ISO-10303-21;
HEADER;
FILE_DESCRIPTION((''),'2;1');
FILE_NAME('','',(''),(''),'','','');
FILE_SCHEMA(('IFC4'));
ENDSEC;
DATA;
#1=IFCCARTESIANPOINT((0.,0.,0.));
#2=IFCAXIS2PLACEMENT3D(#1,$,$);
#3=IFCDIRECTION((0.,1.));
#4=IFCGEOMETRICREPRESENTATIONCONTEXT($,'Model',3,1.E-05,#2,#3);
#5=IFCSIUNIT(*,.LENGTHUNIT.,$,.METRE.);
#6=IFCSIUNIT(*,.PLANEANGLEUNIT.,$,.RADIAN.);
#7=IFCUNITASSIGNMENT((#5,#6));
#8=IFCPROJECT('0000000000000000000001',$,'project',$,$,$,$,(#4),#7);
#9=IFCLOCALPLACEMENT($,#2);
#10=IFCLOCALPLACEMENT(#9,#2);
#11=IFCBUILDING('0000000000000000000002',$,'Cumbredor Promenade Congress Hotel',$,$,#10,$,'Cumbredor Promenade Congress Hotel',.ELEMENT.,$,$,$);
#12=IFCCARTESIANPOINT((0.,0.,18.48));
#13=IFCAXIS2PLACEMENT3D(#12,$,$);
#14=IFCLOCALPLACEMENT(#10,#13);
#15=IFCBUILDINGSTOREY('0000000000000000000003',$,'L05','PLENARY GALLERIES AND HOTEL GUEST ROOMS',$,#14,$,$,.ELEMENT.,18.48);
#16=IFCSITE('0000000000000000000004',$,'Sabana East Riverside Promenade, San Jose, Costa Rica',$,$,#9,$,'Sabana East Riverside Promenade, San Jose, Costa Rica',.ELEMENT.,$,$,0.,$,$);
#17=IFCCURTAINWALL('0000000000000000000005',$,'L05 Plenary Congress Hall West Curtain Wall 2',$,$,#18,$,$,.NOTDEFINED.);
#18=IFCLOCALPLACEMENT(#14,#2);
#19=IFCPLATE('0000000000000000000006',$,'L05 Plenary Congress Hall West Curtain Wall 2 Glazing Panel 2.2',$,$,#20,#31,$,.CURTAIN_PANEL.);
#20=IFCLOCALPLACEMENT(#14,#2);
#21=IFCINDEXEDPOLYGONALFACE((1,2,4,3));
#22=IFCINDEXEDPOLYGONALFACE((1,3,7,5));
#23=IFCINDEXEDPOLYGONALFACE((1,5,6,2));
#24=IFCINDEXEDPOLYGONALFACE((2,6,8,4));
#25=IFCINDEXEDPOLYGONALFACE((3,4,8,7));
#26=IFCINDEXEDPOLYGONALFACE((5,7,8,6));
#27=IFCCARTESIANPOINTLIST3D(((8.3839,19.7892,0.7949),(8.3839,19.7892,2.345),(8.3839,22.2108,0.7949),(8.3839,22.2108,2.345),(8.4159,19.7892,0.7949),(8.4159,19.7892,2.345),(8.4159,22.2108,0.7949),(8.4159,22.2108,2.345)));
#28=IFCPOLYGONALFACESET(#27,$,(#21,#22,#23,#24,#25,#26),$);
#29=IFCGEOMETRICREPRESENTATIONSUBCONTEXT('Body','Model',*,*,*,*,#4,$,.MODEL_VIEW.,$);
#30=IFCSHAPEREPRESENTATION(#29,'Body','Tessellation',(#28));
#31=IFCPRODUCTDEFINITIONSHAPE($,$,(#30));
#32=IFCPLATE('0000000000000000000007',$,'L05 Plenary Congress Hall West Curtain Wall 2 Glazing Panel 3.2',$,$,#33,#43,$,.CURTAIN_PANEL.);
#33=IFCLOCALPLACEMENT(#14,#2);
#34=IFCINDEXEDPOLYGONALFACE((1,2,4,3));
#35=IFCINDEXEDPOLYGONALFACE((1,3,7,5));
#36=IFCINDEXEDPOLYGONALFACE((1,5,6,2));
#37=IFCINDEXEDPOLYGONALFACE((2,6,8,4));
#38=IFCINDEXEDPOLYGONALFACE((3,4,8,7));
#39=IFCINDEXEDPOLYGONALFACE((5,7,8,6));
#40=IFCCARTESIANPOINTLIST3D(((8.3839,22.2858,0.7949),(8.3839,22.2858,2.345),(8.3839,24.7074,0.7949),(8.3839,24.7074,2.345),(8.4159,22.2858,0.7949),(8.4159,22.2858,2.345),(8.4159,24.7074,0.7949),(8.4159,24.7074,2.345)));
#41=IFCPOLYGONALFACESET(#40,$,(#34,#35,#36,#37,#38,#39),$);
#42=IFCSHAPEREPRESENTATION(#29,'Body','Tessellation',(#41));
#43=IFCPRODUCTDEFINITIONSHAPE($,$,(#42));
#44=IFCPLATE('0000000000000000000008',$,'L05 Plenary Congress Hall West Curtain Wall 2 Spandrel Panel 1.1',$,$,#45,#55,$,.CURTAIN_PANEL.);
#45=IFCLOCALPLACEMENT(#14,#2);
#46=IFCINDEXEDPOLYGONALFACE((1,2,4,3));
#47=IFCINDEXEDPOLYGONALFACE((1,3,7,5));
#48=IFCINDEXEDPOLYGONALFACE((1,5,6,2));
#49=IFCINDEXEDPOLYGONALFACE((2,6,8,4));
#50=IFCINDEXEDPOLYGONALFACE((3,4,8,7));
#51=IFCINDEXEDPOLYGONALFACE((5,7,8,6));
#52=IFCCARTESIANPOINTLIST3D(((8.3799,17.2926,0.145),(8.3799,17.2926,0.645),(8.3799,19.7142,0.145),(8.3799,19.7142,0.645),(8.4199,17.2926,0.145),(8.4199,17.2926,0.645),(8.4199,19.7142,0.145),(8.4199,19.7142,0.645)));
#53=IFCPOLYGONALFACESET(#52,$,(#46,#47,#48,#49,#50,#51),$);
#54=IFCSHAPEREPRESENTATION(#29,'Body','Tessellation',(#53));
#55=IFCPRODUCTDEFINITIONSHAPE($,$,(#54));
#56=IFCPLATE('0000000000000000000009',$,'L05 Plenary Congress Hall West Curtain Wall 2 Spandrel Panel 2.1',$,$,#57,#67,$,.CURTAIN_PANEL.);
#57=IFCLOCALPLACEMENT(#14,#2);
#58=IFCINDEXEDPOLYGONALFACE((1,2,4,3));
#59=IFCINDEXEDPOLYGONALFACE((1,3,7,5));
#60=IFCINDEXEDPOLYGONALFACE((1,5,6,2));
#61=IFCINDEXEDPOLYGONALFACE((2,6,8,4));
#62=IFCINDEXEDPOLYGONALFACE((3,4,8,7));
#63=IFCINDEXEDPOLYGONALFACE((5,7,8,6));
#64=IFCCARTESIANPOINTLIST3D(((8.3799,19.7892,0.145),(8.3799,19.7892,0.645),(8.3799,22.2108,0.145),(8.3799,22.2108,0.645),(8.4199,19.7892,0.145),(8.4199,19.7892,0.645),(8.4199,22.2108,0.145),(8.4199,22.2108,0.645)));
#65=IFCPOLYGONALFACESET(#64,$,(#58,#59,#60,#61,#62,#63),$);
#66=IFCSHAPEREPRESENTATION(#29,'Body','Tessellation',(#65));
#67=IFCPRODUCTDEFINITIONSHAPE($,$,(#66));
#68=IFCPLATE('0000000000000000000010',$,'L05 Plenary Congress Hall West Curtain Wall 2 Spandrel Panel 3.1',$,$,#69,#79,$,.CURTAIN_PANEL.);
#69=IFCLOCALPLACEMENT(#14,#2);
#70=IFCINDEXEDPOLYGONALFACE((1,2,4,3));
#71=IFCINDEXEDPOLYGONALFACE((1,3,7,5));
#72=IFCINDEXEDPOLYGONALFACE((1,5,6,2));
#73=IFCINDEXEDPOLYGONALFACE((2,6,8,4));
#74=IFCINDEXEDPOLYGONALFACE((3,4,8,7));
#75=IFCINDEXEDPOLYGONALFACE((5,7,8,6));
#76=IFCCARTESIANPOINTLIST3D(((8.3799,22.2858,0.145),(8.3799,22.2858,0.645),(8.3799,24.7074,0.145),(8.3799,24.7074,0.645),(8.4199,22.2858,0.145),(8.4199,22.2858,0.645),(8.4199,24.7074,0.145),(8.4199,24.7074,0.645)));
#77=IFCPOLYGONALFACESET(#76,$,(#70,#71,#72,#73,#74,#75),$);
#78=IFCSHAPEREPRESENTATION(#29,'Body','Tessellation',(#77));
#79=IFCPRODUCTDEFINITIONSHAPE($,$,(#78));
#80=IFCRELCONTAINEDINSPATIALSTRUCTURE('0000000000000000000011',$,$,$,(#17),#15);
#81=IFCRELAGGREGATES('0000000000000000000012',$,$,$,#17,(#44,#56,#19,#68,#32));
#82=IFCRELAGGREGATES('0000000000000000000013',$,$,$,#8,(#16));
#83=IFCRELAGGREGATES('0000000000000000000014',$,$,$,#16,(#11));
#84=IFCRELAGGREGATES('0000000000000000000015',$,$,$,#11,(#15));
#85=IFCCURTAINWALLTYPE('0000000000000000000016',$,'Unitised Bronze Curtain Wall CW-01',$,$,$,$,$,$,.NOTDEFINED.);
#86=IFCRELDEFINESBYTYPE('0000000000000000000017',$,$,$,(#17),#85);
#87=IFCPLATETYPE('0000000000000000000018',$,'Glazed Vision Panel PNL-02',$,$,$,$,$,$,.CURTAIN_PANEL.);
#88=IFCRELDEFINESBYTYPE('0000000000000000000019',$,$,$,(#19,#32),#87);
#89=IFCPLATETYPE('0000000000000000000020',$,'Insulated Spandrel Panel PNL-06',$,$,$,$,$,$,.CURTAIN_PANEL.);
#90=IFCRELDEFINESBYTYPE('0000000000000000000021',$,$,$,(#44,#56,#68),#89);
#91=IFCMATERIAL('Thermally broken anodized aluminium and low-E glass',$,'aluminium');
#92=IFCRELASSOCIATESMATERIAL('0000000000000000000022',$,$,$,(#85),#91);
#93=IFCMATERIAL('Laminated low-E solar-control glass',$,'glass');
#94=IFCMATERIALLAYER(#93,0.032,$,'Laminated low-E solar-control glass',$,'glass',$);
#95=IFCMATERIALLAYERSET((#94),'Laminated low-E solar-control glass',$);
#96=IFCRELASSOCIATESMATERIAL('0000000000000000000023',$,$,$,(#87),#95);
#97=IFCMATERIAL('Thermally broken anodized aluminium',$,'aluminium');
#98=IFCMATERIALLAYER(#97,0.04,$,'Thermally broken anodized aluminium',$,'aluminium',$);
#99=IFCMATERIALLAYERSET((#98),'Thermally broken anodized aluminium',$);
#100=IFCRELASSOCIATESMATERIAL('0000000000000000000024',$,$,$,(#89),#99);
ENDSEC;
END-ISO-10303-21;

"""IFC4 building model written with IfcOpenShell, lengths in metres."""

from ifc_helpers import new_model, si_unit, direction, frame, origin, origin_2d, place, context, subcontext, project, spatial, rectangle, extrude, material, layer, layer_set, type_object, element, aggregate, save


model = new_model("IFC4")

# Units and contexts
model_context = context("Model", 3, precision=1e-05, world=origin(), true_north=direction((0.0, 1.0)))
body_context = subcontext(model_context, "Body", "Model", "MODEL_VIEW")
ifc_project = project(units=[si_unit("LENGTHUNIT", "METRE"), si_unit("PLANEANGLEUNIT", "RADIAN")], contexts=[model_context])

# Site, building, storey
site_placement = place(None, origin())
site = spatial("IfcSite", under=ifc_project, at=site_placement, Name="Sabana East Riverside Promenade, San Jose, Costa Rica", LongName="Sabana East Riverside Promenade, San Jose, Costa Rica", CompositionType="ELEMENT", RefElevation=0.0)
building_placement = place(site_placement, origin())
building = spatial("IfcBuilding", under=site, at=building_placement, Name="Cumbredor Promenade Congress Hotel", LongName="Cumbredor Promenade Congress Hotel", CompositionType="ELEMENT")
storey_placement = place(building_placement, frame((0.0, 0.0, 18.48)))
storey = spatial("IfcBuildingStorey", under=building, at=storey_placement, Name="L05", Description="PLENARY GALLERIES AND HOTEL GUEST ROOMS", CompositionType="ELEMENT", Elevation=18.48)

# Curtain wall, plates
ifc_material_1 = material(Name="Thermally broken anodized aluminium and low-E glass", Category="aluminium")
curtain_wall_type = type_object("IfcCurtainWallType", Name="Unitised Bronze Curtain Wall CW-01", PredefinedType="NOTDEFINED", material=ifc_material_1)
curtain_wall_placement = place(storey_placement, origin())
curtain_wall = element("IfcCurtainWall", 1, at=curtain_wall_placement, inside=storey, type_object=curtain_wall_type, Name="L05 Plenary Congress Hall West Curtain Wall 2", PredefinedType="NOTDEFINED")
ifc_material_2 = material(Name="Thermally broken anodized aluminium", Category="aluminium")
ifc_material_3 = material(Name="Laminated low-E solar-control glass", Category="glass")
ifc_layer_1 = layer(ifc_material_3, 0.032, Name="Laminated low-E solar-control glass", Category="glass")
ifc_layer_set_1 = layer_set([ifc_layer_1], Name="Laminated low-E solar-control glass")
plate_type_1 = type_object("IfcPlateType", Name="Glazed Vision Panel PNL-02", PredefinedType="CURTAIN_PANEL", material=ifc_layer_set_1)
plate_1_placement = place(storey_placement, frame((8.3999, 21.0, 0.7949), z_axis=(0.0, 0.0, 1.0), x_axis=(0.0, 1.0, 0.0)))
plate_1 = element("IfcPlate", 2, at=plate_1_placement, type_object=plate_type_1, Name="L05 Plenary Congress Hall West Curtain Wall 2 Glazing Panel 2.2", PredefinedType="CURTAIN_PANEL", context=body_context, shape_type="SweptSolid", body=[
    extrude(rectangle(XDim=2.4216, YDim=0.032, at=origin_2d()), origin(), (0.0, 0.0, 1.0), 1.55),
])
plate_2_placement = place(storey_placement, frame((8.3999, 23.4966, 0.7949), z_axis=(0.0, 0.0, 1.0), x_axis=(0.0, 1.0, 0.0)))
plate_2 = element("IfcPlate", 3, at=plate_2_placement, type_object=plate_type_1, Name="L05 Plenary Congress Hall West Curtain Wall 2 Glazing Panel 3.2", PredefinedType="CURTAIN_PANEL", context=body_context, shape_type="SweptSolid", body=[
    extrude(rectangle(XDim=2.4216, YDim=0.032, at=origin_2d()), origin(), (0.0, 0.0, 1.0), 1.55),
])
ifc_layer_2 = layer(ifc_material_2, 0.04, Name="Thermally broken anodized aluminium", Category="aluminium")
ifc_layer_set_2 = layer_set([ifc_layer_2], Name="Thermally broken anodized aluminium")
plate_type_2 = type_object("IfcPlateType", Name="Insulated Spandrel Panel PNL-06", PredefinedType="CURTAIN_PANEL", material=ifc_layer_set_2)
plate_3_placement = place(storey_placement, frame((8.3999, 18.5034, 0.145), z_axis=(0.0, 0.0, 1.0), x_axis=(0.0, 1.0, 0.0)))
plate_3 = element("IfcPlate", 4, at=plate_3_placement, type_object=plate_type_2, Name="L05 Plenary Congress Hall West Curtain Wall 2 Spandrel Panel 1.1", PredefinedType="CURTAIN_PANEL", context=body_context, shape_type="SweptSolid", body=[
    extrude(rectangle(XDim=2.4216, YDim=0.04, at=origin_2d()), origin(), (0.0, 0.0, 1.0), 0.5),
])
plate_4_placement = place(storey_placement, frame((8.3999, 21.0, 0.145), z_axis=(0.0, 0.0, 1.0), x_axis=(0.0, 1.0, 0.0)))
plate_4 = element("IfcPlate", 5, at=plate_4_placement, type_object=plate_type_2, Name="L05 Plenary Congress Hall West Curtain Wall 2 Spandrel Panel 2.1", PredefinedType="CURTAIN_PANEL", context=body_context, shape_type="SweptSolid", body=[
    extrude(rectangle(XDim=2.4216, YDim=0.04, at=origin_2d()), origin(), (0.0, 0.0, 1.0), 0.5),
])
plate_5_placement = place(storey_placement, frame((8.3999, 23.4966, 0.145), z_axis=(0.0, 0.0, 1.0), x_axis=(0.0, 1.0, 0.0)))
plate_5 = element("IfcPlate", 6, at=plate_5_placement, type_object=plate_type_2, Name="L05 Plenary Congress Hall West Curtain Wall 2 Spandrel Panel 3.1", PredefinedType="CURTAIN_PANEL", context=body_context, shape_type="SweptSolid", body=[
    extrude(rectangle(XDim=2.4216, YDim=0.04, at=origin_2d()), origin(), (0.0, 0.0, 1.0), 0.5),
])
aggregate(curtain_wall, [plate_3, plate_4, plate_1, plate_5, plate_2])

save(model, "model.ifc")
